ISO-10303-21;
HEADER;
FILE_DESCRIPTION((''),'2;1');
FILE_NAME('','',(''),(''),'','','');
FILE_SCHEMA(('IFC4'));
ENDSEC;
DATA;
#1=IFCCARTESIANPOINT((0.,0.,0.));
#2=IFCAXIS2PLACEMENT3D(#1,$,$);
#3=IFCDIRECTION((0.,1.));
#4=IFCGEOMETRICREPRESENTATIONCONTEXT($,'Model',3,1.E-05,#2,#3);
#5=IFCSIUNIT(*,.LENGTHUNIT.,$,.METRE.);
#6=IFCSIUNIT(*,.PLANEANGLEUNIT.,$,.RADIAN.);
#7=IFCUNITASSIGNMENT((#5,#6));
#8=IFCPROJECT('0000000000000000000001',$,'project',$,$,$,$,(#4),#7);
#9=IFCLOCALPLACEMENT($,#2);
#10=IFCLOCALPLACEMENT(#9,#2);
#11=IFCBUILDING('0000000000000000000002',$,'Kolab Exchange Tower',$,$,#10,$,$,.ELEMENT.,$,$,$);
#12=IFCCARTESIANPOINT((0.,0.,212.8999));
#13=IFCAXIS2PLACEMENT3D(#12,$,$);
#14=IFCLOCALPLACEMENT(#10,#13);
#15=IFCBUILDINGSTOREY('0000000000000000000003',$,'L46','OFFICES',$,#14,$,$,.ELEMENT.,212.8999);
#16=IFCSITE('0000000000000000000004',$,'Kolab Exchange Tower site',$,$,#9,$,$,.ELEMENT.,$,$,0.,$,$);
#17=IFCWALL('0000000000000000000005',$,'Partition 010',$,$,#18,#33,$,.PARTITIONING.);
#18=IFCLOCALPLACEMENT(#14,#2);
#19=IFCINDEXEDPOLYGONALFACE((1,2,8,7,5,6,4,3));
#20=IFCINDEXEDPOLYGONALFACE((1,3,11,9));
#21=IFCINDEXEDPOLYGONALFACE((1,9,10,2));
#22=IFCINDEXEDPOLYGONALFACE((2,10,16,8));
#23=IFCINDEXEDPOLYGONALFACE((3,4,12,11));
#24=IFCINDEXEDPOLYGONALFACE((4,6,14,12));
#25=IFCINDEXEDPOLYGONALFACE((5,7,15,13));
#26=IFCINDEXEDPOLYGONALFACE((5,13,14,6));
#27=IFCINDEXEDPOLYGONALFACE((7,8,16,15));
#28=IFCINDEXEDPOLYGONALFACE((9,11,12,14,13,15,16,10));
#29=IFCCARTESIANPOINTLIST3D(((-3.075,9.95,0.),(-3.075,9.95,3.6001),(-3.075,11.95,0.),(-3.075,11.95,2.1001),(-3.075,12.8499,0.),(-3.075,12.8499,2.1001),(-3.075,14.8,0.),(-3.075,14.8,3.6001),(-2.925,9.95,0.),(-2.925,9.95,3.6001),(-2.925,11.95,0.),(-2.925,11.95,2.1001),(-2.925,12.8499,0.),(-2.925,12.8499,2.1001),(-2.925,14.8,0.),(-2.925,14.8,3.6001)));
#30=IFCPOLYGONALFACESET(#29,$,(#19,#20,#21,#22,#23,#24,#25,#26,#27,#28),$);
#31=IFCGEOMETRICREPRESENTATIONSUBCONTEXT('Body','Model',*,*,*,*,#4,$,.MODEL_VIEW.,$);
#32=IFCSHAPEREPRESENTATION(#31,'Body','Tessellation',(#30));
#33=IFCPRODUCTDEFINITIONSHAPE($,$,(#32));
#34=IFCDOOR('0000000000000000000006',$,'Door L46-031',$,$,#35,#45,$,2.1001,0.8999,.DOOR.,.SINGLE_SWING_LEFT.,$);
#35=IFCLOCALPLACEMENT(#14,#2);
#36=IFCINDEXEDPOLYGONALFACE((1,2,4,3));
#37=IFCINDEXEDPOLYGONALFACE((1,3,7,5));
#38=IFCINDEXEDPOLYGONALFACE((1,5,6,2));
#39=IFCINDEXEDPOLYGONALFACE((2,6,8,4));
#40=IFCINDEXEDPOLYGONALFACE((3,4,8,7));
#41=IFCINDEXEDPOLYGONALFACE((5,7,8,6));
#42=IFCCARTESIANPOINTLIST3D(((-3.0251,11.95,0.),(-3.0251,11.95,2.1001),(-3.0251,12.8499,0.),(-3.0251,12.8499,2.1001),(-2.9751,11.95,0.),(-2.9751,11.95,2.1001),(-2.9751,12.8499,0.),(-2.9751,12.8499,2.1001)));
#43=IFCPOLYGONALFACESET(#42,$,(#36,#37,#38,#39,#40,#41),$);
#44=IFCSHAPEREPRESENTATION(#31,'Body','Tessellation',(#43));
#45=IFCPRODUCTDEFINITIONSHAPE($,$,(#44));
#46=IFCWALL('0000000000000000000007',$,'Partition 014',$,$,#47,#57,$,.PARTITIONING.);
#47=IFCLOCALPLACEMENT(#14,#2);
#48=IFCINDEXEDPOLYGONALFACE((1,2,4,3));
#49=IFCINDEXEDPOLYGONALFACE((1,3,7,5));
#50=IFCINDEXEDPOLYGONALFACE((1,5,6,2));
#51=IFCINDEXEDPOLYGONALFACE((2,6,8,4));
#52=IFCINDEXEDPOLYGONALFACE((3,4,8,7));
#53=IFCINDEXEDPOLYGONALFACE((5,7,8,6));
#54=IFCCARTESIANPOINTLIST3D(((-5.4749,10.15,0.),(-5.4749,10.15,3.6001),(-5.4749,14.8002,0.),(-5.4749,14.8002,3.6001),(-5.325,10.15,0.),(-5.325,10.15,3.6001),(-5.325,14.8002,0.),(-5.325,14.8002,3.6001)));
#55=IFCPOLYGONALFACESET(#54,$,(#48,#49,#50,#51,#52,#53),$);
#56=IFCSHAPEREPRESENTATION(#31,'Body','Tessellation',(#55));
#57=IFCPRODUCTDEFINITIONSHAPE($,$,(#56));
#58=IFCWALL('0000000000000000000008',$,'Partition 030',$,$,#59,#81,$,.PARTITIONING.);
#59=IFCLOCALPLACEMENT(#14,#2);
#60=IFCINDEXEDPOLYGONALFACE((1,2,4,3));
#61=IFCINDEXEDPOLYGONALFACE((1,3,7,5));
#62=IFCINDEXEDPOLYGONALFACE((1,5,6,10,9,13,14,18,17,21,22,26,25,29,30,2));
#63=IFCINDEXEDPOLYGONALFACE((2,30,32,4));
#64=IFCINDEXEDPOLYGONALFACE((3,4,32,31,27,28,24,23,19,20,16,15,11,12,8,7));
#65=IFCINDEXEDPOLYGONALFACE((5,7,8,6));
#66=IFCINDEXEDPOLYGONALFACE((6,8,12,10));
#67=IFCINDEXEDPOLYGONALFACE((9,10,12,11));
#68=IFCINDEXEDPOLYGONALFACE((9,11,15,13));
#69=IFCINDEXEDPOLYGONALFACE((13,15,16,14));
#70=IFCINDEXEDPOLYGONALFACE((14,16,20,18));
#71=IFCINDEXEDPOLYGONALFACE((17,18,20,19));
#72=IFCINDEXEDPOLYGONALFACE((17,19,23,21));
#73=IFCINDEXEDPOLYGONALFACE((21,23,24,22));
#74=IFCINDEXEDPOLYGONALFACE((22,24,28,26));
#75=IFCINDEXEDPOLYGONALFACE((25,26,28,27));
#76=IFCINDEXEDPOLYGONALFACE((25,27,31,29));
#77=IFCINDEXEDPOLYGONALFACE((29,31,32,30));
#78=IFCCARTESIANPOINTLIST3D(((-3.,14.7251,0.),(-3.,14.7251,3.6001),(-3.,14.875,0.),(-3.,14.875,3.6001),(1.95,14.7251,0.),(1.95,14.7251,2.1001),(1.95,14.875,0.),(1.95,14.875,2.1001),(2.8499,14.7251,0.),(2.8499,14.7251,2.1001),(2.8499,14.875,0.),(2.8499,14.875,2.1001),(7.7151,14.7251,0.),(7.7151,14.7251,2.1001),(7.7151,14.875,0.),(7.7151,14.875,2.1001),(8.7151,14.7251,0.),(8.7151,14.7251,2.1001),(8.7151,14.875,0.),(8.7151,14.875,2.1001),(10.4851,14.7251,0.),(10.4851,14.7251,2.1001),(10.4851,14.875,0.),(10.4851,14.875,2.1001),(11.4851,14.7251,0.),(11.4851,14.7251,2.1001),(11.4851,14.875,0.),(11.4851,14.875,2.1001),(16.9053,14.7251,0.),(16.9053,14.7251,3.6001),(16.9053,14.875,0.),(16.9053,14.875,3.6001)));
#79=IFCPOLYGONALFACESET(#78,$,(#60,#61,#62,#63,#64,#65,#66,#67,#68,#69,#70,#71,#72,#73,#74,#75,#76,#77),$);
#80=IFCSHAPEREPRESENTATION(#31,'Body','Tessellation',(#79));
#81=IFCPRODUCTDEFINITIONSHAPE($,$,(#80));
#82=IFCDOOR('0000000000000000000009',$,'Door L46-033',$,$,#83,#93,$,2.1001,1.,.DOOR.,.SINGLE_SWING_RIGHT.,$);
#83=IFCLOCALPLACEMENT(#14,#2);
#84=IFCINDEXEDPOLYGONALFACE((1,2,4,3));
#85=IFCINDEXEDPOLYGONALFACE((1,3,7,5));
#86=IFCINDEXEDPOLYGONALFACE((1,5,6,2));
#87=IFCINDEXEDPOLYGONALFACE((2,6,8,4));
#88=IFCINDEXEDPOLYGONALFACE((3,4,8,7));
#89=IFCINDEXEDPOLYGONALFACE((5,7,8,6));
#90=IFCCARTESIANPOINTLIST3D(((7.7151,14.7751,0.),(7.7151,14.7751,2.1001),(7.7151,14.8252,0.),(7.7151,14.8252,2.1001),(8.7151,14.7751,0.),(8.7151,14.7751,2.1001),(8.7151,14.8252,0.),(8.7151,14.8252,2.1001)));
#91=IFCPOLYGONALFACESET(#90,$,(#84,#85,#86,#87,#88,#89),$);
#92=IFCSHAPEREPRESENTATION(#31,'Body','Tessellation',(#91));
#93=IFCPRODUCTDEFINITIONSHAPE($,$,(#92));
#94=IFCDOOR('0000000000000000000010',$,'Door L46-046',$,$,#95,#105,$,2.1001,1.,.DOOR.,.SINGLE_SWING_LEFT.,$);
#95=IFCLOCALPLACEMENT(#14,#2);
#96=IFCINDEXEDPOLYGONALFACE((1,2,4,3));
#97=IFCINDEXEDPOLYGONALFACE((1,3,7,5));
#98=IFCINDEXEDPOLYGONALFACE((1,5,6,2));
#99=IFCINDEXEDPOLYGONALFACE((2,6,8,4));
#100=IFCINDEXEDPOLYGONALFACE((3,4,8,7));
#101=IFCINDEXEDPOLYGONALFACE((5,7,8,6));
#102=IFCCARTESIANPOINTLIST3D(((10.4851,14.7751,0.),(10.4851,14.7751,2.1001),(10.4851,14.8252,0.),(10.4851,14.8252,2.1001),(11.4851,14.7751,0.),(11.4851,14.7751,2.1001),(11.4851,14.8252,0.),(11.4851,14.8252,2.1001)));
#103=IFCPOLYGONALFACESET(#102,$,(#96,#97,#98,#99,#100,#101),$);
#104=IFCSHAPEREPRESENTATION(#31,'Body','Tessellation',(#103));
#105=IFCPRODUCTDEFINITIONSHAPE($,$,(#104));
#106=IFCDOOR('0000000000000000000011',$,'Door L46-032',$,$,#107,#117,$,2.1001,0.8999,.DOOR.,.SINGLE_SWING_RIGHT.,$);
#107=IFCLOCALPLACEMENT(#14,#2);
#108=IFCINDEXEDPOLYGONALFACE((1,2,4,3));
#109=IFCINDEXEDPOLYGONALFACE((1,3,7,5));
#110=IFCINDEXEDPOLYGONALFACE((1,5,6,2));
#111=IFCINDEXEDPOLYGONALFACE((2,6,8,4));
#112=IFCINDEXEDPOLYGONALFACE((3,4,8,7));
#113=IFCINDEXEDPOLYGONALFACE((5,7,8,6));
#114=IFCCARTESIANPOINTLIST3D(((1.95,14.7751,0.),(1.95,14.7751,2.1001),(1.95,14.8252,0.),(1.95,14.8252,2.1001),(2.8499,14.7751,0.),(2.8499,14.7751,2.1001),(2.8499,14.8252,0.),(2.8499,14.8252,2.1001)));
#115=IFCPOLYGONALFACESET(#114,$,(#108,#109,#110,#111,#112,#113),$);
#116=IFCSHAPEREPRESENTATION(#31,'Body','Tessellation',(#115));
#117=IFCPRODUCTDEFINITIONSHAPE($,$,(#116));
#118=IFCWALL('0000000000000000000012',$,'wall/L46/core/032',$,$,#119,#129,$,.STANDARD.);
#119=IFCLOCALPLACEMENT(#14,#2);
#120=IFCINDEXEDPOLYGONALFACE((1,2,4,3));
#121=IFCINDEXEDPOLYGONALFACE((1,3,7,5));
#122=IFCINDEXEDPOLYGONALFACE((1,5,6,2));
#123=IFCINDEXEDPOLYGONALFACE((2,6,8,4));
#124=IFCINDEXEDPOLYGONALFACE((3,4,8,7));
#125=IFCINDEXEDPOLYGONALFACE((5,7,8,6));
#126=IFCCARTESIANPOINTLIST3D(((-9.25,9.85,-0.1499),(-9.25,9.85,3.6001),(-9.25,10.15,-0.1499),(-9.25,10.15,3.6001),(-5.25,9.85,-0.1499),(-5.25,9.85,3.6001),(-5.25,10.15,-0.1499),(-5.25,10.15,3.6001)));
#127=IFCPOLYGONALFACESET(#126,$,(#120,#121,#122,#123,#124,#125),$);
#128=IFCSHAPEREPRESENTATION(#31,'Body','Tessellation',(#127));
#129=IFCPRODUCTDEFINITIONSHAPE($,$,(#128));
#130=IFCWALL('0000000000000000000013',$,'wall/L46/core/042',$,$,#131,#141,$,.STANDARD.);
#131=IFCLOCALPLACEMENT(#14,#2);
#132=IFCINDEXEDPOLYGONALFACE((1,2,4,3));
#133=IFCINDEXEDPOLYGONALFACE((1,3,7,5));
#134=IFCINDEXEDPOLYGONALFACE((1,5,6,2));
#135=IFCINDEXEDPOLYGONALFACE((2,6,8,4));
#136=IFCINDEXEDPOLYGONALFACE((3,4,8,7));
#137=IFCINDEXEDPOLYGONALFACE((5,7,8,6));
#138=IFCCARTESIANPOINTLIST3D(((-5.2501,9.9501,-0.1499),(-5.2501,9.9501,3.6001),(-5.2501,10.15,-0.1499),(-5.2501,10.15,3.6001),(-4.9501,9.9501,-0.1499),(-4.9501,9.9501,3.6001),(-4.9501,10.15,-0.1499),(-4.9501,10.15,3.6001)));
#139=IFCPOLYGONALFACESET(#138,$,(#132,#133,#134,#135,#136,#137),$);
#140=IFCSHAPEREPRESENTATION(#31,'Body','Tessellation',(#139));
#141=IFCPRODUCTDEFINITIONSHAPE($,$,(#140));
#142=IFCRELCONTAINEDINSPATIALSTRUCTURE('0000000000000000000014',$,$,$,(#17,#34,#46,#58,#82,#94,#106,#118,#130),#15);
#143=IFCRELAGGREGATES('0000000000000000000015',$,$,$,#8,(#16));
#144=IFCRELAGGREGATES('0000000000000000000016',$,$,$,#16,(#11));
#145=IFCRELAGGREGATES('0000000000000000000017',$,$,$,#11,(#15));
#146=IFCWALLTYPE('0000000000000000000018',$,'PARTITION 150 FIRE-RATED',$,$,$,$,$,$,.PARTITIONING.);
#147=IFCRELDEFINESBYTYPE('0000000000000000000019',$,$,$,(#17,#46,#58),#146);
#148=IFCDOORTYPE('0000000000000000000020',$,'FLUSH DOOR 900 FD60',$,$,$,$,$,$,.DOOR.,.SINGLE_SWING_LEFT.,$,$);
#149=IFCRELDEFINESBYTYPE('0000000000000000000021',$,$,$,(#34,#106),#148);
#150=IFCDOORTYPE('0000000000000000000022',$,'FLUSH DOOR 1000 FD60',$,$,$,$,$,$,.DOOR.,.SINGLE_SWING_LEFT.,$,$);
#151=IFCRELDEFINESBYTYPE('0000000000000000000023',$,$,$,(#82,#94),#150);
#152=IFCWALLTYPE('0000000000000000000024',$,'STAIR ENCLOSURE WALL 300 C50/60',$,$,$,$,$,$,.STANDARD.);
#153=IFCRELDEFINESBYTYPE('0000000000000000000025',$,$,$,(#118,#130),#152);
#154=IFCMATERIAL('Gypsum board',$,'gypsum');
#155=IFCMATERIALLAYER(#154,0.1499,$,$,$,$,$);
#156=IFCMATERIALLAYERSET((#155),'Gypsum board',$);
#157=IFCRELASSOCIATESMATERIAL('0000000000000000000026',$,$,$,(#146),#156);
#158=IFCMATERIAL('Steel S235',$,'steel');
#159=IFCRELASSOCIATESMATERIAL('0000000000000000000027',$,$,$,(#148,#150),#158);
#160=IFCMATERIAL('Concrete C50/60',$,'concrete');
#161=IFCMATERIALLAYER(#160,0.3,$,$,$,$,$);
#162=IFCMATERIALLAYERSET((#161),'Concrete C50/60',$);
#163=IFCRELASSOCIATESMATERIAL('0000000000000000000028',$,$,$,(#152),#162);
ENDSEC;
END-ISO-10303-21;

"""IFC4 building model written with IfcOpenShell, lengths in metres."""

from ifc_helpers import new_model, si_unit, direction, frame, frame_2d, origin, place, context, subcontext, project, spatial, rectangle, extrude, material, layer, layer_set, type_object, element, fill, save


model = new_model("IFC4")

# Units and contexts
model_context = context("Model", 3, precision=1e-05, world=origin(), true_north=direction((0.0, 1.0)))
body_context = subcontext(model_context, "Body", "Model", "MODEL_VIEW")
ifc_project = project(units=[si_unit("LENGTHUNIT", "METRE"), si_unit("PLANEANGLEUNIT", "RADIAN")], contexts=[model_context])

# Site, building, storey
site_placement = place(None, origin())
site = spatial("IfcSite", under=ifc_project, at=site_placement, Name="Kolab Exchange Tower site", CompositionType="ELEMENT", RefElevation=0.0)
building_placement = place(site_placement, origin())
building = spatial("IfcBuilding", under=site, at=building_placement, Name="Kolab Exchange Tower", CompositionType="ELEMENT")
storey_placement = place(building_placement, frame((0.0, 0.0, 212.8999)))
storey = spatial("IfcBuildingStorey", under=building, at=storey_placement, Name="L46", Description="OFFICES", CompositionType="ELEMENT", Elevation=212.8999)

# Shared definitions
ifc_material_1 = material(Name="Steel S235", Category="steel")

# Shared definitions
ifc_material_2 = material(Name="Gypsum board", Category="gypsum")

# Wall, opening, door
ifc_layer_1 = layer(ifc_material_2, 0.1499)
ifc_layer_set_1 = layer_set([ifc_layer_1], Name="Gypsum board")
wall_type_1 = type_object("IfcWallType", Name="PARTITION 150 FIRE-RATED", PredefinedType="PARTITIONING", material=ifc_layer_set_1)
wall_1_placement = place(storey_placement, frame((-3.0, 9.95, 0.0), z_axis=(0.0, 0.0, 1.0), x_axis=(0.0, 1.0, 0.0)))
wall_1 = element("IfcWall", 1, at=wall_1_placement, inside=storey, type_object=wall_type_1, Name="Partition 010", PredefinedType="PARTITIONING", context=body_context, shape_type="SweptSolid", body=[
    extrude(rectangle(XDim=4.8501, YDim=0.1499, at=frame_2d((2.425, 0.0))), origin(), (0.0, 0.0, 1.0), 3.6001),
])
opening_1_placement = place(wall_1_placement, frame((2.0, 0.0, 0.0)))
opening_1 = element("IfcOpeningElement", 2, at=opening_1_placement, cuts=wall_1, PredefinedType="OPENING", context=body_context, shape_type="SweptSolid", body=[
    extrude(rectangle(XDim=0.8999, YDim=2.1001, at=frame_2d((0.45, 1.05))), frame((0.0, 0.085, 0.0), z_axis=(0.0, -1.0, 0.0), x_axis=(1.0, 0.0, 0.0)), (0.0, 0.0, 1.0), 0.1699),
])
door_type_1 = type_object("IfcDoorType", Name="FLUSH DOOR 900 FD60", OperationType="SINGLE_SWING_LEFT", PredefinedType="DOOR", material=ifc_material_1)
door_1_placement = place(opening_1_placement, frame((0.8999, 0.0, 0.0), z_axis=(0.0, 0.0, 1.0), x_axis=(-1.0, 0.0, 0.0)))
door_1 = element("IfcDoor", 3, at=door_1_placement, inside=storey, type_object=door_type_1, Name="Door L46-031", OperationType="SINGLE_SWING_LEFT", OverallHeight=2.1001, OverallWidth=0.8999, PredefinedType="DOOR", context=body_context, shape_type="SweptSolid", body=[
    extrude(rectangle(XDim=0.8999, YDim=2.1001, at=frame_2d((0.45, 1.05))), frame((0.0, 0.0249, 0.0), z_axis=(0.0, -1.0, 0.0), x_axis=(1.0, 0.0, 0.0)), (0.0, 0.0, 1.0), 0.05),
])
fill(opening_1, door_1)

# Wall
wall_2_placement = place(storey_placement, frame((-5.3999, 10.1499, 0.0), z_axis=(0.0, 0.0, 1.0), x_axis=(0.0, 1.0, 0.0)))
element("IfcWall", 4, at=wall_2_placement, inside=storey, type_object=wall_type_1, Name="Partition 014", PredefinedType="PARTITIONING", context=body_context, shape_type="SweptSolid", body=[
    extrude(rectangle(XDim=4.6501, YDim=0.1499, at=frame_2d((2.3252, 0.0))), origin(), (0.0, 0.0, 1.0), 3.6001),
])

# Wall, openings, doors
wall_3_placement = place(storey_placement, frame((-3.0, 14.8, 0.0), z_axis=(0.0, 0.0, 1.0), x_axis=(1.0, 0.0, 0.0)))
wall_3 = element("IfcWall", 5, at=wall_3_placement, inside=storey, type_object=wall_type_1, Name="Partition 030", PredefinedType="PARTITIONING", context=body_context, shape_type="SweptSolid", body=[
    extrude(rectangle(XDim=19.9053, YDim=0.1499, at=frame_2d((9.9526, 0.0))), origin(), (0.0, 0.0, 1.0), 3.6001),
])
opening_2_placement = place(wall_3_placement, frame((4.95, 0.0, 0.0)))
opening_2 = element("IfcOpeningElement", 6, at=opening_2_placement, cuts=wall_3, PredefinedType="OPENING", context=body_context, shape_type="SweptSolid", body=[
    extrude(rectangle(XDim=0.8999, YDim=2.1001, at=frame_2d((0.45, 1.05))), frame((0.0, 0.085, 0.0), z_axis=(0.0, -1.0, 0.0), x_axis=(1.0, 0.0, 0.0)), (0.0, 0.0, 1.0), 0.1699),
])
opening_3_placement = place(wall_3_placement, frame((10.7151, 0.0, 0.0)))
opening_3 = element("IfcOpeningElement", 7, at=opening_3_placement, cuts=wall_3, PredefinedType="OPENING", context=body_context, shape_type="SweptSolid", body=[
    extrude(rectangle(XDim=1.0, YDim=2.1001, at=frame_2d((0.5, 1.05))), frame((0.0, 0.085, 0.0), z_axis=(0.0, -1.0, 0.0), x_axis=(1.0, 0.0, 0.0)), (0.0, 0.0, 1.0), 0.1699),
])
opening_4_placement = place(wall_3_placement, frame((13.4851, 0.0, 0.0)))
opening_4 = element("IfcOpeningElement", 8, at=opening_4_placement, cuts=wall_3, PredefinedType="OPENING", context=body_context, shape_type="SweptSolid", body=[
    extrude(rectangle(XDim=1.0, YDim=2.1001, at=frame_2d((0.5, 1.05))), frame((0.0, 0.085, 0.0), z_axis=(0.0, -1.0, 0.0), x_axis=(1.0, 0.0, 0.0)), (0.0, 0.0, 1.0), 0.1699),
])
door_type_2 = type_object("IfcDoorType", Name="FLUSH DOOR 1000 FD60", OperationType="SINGLE_SWING_LEFT", PredefinedType="DOOR", material=ifc_material_1)
door_2_placement = place(opening_3_placement, frame((1.0, 0.0, 0.0), z_axis=(0.0, 0.0, 1.0), x_axis=(-1.0, 0.0, 0.0)))
door_2 = element("IfcDoor", 9, at=door_2_placement, inside=storey, type_object=door_type_2, Name="Door L46-033", OperationType="SINGLE_SWING_RIGHT", OverallHeight=2.1001, OverallWidth=1.0, PredefinedType="DOOR", context=body_context, shape_type="SweptSolid", body=[
    extrude(rectangle(XDim=1.0, YDim=2.1001, at=frame_2d((0.5, 1.05))), frame((0.0, 0.0249, 0.0), z_axis=(0.0, -1.0, 0.0), x_axis=(1.0, 0.0, 0.0)), (0.0, 0.0, 1.0), 0.05),
])
fill(opening_3, door_2)
door_3_placement = place(opening_4_placement, frame((1.0, 0.0, 0.0), z_axis=(0.0, 0.0, 1.0), x_axis=(-1.0, 0.0, 0.0)))
door_3 = element("IfcDoor", 10, at=door_3_placement, inside=storey, type_object=door_type_2, Name="Door L46-046", OperationType="SINGLE_SWING_LEFT", OverallHeight=2.1001, OverallWidth=1.0, PredefinedType="DOOR", context=body_context, shape_type="SweptSolid", body=[
    extrude(rectangle(XDim=1.0, YDim=2.1001, at=frame_2d((0.5, 1.05))), frame((0.0, 0.0249, 0.0), z_axis=(0.0, -1.0, 0.0), x_axis=(1.0, 0.0, 0.0)), (0.0, 0.0, 1.0), 0.05),
])
fill(opening_4, door_3)
door_4_placement = place(opening_2_placement, frame((0.8999, 0.0, 0.0), z_axis=(0.0, 0.0, 1.0), x_axis=(-1.0, 0.0, 0.0)))
door_4 = element("IfcDoor", 11, at=door_4_placement, inside=storey, type_object=door_type_1, Name="Door L46-032", OperationType="SINGLE_SWING_RIGHT", OverallHeight=2.1001, OverallWidth=0.8999, PredefinedType="DOOR", context=body_context, shape_type="SweptSolid", body=[
    extrude(rectangle(XDim=0.8999, YDim=2.1001, at=frame_2d((0.45, 1.05))), frame((0.0, 0.0249, 0.0), z_axis=(0.0, -1.0, 0.0), x_axis=(1.0, 0.0, 0.0)), (0.0, 0.0, 1.0), 0.05),
])
fill(opening_2, door_4)

# Walls
ifc_material_3 = material(Name="Concrete C50/60", Category="concrete")
ifc_layer_2 = layer(ifc_material_3, 0.3)
ifc_layer_set_2 = layer_set([ifc_layer_2], Name="Concrete C50/60")
wall_type_2 = type_object("IfcWallType", Name="STAIR ENCLOSURE WALL 300 C50/60", PredefinedType="STANDARD", material=ifc_layer_set_2)
wall_4_placement = place(storey_placement, frame((-9.25, 10.0, -0.1499), z_axis=(0.0, 0.0, 1.0), x_axis=(1.0, 0.0, 0.0)))
element("IfcWall", 12, at=wall_4_placement, inside=storey, type_object=wall_type_2, Name="wall/L46/core/032", PredefinedType="STANDARD", context=body_context, shape_type="SweptSolid", body=[
    extrude(rectangle(XDim=4.0, YDim=0.3, at=frame_2d((2.0, 0.0))), origin(), (0.0, 0.0, 1.0), 3.75),
])
wall_5_placement = place(storey_placement, frame((-5.1001, 9.95, -0.1499), z_axis=(0.0, 0.0, 1.0), x_axis=(0.0, 1.0, 0.0)))
element("IfcWall", 13, at=wall_5_placement, inside=storey, type_object=wall_type_2, Name="wall/L46/core/042", PredefinedType="STANDARD", context=body_context, shape_type="SweptSolid", body=[
    extrude(rectangle(XDim=0.2, YDim=0.3, at=frame_2d((0.1001, 0.0))), origin(), (0.0, 0.0, 1.0), 3.75),
])

save(model, "model.ifc")
